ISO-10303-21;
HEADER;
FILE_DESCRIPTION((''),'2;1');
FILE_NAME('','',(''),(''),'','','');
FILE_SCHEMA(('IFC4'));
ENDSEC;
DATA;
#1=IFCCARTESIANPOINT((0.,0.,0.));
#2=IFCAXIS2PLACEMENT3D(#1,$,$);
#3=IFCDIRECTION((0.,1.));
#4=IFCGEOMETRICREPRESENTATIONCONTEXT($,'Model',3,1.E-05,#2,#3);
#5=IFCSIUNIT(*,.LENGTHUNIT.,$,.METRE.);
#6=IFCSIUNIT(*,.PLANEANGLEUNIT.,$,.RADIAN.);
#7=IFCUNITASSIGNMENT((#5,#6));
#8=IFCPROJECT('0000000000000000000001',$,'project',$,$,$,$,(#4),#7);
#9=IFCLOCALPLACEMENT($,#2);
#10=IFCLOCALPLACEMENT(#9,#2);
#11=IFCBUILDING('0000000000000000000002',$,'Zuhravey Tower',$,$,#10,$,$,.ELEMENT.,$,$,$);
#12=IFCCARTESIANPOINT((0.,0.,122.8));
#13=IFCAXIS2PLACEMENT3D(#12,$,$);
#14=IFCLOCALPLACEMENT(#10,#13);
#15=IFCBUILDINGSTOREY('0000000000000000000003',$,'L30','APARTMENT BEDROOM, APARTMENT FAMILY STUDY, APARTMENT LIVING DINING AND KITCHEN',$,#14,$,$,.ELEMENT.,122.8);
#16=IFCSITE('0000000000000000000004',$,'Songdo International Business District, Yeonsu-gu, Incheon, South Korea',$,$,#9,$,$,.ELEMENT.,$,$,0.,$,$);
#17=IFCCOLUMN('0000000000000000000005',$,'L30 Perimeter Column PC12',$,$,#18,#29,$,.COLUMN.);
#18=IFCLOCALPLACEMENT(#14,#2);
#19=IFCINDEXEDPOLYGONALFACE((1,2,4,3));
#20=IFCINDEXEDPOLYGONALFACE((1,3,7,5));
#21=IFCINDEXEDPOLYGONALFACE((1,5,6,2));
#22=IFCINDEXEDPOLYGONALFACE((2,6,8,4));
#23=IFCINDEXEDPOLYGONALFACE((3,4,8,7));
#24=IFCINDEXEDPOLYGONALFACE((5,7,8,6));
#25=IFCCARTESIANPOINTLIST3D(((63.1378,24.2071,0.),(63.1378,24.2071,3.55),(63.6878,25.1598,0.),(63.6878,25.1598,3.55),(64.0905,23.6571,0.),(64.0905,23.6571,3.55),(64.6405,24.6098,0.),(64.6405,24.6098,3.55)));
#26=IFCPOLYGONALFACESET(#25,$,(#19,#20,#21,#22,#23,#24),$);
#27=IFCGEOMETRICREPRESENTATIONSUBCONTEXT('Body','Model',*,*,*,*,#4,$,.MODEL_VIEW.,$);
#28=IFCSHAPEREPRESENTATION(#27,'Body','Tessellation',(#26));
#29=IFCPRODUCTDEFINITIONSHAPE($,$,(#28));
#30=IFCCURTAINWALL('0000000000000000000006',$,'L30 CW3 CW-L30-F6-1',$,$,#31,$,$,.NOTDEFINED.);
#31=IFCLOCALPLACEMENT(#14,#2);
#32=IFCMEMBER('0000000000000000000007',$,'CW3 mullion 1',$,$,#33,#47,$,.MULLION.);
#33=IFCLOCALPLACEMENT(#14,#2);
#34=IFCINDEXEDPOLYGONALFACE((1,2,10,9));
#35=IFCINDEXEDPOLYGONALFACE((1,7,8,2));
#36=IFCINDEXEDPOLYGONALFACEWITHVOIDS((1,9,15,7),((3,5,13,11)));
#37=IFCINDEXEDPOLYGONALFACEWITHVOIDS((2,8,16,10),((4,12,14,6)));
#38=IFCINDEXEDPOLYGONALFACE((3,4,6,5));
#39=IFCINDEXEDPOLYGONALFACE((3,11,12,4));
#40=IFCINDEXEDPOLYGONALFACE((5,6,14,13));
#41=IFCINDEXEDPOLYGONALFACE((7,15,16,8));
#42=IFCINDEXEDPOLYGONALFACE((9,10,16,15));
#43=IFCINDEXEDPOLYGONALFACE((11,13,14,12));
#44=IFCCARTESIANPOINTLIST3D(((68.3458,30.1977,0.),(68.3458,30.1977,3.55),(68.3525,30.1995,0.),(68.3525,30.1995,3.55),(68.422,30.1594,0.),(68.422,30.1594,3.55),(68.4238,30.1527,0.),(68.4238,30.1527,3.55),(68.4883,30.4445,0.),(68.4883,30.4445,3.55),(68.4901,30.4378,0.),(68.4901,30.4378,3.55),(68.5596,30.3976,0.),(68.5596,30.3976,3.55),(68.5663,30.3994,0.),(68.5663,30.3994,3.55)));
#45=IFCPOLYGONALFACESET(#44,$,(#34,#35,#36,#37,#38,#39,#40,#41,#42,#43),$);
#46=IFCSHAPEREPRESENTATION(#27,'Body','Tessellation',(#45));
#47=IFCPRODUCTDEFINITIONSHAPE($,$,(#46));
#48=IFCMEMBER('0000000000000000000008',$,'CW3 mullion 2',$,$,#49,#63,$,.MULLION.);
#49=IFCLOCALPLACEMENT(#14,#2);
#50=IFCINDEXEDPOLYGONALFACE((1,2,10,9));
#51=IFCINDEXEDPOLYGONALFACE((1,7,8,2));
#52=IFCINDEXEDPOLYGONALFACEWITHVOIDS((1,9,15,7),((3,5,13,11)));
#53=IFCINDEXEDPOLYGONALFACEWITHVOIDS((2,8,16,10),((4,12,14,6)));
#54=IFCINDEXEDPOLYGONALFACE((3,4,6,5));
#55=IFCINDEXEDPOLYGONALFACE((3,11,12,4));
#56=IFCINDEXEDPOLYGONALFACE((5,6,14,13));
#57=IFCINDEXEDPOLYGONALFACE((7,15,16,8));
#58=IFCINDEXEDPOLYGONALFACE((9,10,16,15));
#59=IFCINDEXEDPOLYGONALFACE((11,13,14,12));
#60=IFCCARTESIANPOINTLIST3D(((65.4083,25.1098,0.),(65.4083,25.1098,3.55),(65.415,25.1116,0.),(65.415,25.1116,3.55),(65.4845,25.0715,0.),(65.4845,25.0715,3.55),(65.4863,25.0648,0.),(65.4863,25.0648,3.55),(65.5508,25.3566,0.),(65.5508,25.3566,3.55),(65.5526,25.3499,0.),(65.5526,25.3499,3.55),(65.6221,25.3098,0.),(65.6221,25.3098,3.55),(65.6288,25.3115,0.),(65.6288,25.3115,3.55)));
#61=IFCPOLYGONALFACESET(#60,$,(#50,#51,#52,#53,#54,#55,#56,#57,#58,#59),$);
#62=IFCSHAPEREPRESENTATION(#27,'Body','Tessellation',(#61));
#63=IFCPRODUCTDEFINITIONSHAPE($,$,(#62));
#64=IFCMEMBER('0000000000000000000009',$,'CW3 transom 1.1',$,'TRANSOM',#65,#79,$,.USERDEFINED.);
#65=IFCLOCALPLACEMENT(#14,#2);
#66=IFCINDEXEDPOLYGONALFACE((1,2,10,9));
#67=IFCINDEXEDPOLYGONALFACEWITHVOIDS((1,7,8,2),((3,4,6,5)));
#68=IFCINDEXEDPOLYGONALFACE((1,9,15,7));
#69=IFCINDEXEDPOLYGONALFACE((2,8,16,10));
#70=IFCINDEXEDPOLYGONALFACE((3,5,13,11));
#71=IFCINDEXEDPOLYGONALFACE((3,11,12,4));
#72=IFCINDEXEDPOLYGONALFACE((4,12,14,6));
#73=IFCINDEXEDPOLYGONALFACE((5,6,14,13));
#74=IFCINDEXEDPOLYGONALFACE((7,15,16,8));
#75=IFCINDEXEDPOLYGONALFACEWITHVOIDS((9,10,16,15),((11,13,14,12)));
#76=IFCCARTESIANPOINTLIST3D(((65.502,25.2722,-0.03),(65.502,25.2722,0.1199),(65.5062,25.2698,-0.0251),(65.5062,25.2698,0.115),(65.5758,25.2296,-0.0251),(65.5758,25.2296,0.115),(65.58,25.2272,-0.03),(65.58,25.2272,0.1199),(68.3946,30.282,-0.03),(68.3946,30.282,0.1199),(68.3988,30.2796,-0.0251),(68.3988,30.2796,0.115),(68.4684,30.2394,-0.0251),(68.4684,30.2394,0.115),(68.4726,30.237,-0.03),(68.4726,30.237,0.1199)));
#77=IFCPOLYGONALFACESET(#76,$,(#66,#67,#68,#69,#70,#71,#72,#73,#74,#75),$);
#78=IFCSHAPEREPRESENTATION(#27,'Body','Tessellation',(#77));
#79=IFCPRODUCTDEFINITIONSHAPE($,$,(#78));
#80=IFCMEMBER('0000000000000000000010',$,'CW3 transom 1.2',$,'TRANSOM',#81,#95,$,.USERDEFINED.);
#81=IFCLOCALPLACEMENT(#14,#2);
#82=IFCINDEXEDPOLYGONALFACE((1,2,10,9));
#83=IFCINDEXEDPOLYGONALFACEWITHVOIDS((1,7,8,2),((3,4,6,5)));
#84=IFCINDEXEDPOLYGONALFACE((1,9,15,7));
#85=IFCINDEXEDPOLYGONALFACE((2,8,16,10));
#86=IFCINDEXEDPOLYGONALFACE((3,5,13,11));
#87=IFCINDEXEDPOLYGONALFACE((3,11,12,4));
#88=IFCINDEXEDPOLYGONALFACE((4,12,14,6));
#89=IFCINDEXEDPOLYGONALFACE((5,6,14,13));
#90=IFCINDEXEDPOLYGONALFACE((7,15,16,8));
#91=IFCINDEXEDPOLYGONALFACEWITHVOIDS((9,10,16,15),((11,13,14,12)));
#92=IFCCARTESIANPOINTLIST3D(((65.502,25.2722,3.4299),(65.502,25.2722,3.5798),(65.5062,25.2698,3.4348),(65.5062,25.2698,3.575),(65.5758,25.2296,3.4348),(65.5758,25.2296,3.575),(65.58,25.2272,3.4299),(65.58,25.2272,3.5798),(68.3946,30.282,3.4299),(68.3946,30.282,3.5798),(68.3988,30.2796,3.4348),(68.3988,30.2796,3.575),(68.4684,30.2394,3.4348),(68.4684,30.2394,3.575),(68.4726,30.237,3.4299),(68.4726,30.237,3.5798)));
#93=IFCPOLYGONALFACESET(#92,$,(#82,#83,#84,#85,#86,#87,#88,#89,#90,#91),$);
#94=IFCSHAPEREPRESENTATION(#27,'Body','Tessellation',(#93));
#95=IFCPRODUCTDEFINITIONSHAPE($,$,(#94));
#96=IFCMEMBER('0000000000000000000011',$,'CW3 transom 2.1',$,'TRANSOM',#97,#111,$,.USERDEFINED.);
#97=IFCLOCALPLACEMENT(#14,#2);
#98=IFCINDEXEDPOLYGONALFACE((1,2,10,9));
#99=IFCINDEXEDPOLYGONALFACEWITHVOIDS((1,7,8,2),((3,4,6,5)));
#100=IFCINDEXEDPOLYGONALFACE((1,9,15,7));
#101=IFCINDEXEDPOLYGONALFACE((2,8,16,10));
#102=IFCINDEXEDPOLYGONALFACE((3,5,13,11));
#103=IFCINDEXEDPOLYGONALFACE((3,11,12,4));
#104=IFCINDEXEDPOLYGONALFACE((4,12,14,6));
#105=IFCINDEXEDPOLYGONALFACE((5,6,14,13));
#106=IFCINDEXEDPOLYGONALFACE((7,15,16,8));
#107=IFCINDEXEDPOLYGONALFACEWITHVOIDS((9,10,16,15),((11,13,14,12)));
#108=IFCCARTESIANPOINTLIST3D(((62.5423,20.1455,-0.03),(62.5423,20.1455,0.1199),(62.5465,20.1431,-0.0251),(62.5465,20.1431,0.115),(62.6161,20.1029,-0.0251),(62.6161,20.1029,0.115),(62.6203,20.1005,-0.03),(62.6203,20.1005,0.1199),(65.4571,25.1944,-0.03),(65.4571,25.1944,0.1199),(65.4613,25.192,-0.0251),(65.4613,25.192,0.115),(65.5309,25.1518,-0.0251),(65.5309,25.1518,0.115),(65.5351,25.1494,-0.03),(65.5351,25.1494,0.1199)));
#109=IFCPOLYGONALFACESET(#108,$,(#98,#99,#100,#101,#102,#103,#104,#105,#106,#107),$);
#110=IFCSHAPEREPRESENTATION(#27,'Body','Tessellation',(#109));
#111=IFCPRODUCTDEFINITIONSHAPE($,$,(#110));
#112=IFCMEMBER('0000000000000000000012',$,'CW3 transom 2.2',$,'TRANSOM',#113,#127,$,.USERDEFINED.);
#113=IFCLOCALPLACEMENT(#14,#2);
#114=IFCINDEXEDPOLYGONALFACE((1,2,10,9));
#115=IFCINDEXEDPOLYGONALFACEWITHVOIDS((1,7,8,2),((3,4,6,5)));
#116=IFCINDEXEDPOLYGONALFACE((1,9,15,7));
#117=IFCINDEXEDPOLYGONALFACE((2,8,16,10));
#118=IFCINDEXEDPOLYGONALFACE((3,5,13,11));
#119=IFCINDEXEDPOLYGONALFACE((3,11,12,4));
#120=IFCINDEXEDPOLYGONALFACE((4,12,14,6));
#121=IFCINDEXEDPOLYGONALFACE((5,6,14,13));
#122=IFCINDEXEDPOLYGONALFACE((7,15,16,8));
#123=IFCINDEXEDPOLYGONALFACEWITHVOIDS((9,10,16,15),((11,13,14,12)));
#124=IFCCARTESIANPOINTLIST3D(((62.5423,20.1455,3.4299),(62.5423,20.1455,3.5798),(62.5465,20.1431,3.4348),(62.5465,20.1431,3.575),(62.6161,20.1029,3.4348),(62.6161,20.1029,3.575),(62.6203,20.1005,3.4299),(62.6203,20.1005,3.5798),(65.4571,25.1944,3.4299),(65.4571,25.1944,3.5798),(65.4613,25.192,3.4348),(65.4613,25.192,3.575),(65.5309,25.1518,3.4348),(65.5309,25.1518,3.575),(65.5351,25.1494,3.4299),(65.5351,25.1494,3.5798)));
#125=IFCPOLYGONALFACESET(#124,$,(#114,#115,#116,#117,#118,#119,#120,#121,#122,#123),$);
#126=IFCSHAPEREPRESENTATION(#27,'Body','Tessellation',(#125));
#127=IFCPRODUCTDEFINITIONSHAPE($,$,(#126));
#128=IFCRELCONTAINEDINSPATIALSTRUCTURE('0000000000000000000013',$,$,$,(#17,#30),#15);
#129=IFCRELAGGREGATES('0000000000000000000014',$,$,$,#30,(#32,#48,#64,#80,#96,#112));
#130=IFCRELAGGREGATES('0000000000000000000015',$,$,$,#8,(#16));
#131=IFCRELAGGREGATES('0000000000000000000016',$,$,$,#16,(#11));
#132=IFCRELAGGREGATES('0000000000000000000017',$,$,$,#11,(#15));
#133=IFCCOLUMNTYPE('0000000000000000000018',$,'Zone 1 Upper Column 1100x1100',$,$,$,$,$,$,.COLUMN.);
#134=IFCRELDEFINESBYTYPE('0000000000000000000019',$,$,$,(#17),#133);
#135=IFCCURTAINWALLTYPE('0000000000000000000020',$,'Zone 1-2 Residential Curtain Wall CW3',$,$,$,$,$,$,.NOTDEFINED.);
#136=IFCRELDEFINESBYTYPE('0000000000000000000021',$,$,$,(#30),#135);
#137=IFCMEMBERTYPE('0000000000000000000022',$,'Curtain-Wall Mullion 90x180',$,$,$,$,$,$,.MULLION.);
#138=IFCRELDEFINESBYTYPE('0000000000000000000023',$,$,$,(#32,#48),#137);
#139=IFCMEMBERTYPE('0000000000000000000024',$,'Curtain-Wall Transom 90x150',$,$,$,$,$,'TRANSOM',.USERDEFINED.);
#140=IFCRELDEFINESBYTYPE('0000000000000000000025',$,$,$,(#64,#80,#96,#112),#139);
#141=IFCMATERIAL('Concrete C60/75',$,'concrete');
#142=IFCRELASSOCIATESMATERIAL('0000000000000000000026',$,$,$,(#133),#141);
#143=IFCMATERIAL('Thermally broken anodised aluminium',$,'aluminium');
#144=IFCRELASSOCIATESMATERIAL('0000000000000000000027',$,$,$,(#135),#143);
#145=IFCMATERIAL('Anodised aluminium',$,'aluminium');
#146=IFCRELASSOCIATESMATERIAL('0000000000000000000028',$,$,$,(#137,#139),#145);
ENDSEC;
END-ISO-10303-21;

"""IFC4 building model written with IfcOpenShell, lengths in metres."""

from ifc_helpers import new_model, si_unit, direction, frame, origin, origin_2d, place, context, subcontext, project, spatial, rectangle, hollow_rectangle, extrude, material, material_profile, profile_set, type_object, element, aggregate, save


model = new_model("IFC4")

# Units and contexts
model_context = context("Model", 3, precision=1e-05, world=origin(), true_north=direction((0.0, 1.0)))
body_context = subcontext(model_context, "Body", "Model", "MODEL_VIEW")
ifc_project = project(units=[si_unit("LENGTHUNIT", "METRE"), si_unit("PLANEANGLEUNIT", "RADIAN")], contexts=[model_context])

# Site, building, storey
site_placement = place(None, origin())
site = spatial("IfcSite", under=ifc_project, at=site_placement, Name="Songdo International Business District, Yeonsu-gu, Incheon, South Korea", CompositionType="ELEMENT", RefElevation=0.0)
building_placement = place(site_placement, origin())
building = spatial("IfcBuilding", under=site, at=building_placement, Name="Zuhravey Tower", CompositionType="ELEMENT")
storey_placement = place(building_placement, frame((0.0, 0.0, 122.8)))
storey = spatial("IfcBuildingStorey", under=building, at=storey_placement, Name="L30", Description="APARTMENT BEDROOM, APARTMENT FAMILY STUDY, APARTMENT LIVING DINING AND KITCHEN", CompositionType="ELEMENT", Elevation=122.8)

# Column
ifc_material_1 = material(Name="Concrete C60/75", Category="concrete")
ifc_material_profile_1 = material_profile(ifc_material_1, rectangle(XDim=1.1001, YDim=1.1001, at=origin_2d()), Name="RC-1100x1100")
ifc_profile_set_1 = profile_set([ifc_material_profile_1], Name="Concrete C60/75")
column_type = type_object("IfcColumnType", Name="Zone 1 Upper Column 1100x1100", PredefinedType="COLUMN", material=ifc_profile_set_1)
column_placement = place(storey_placement, frame((63.8892, 24.4084, 0.0), z_axis=(0.0, 0.0, 1.0), x_axis=(0.5, 0.866025, 0.0)))
element("IfcColumn", 1, at=column_placement, inside=storey, type_object=column_type, Name="L30 Perimeter Column PC12", PredefinedType="COLUMN", context=body_context, shape_type="SweptSolid", body=[
    extrude(rectangle(XDim=1.1001, YDim=1.1001, at=origin_2d()), origin(), (0.0, 0.0, 1.0), 3.55),
])

# Curtain wall, members
ifc_material_2 = material(Name="Thermally broken anodised aluminium", Category="aluminium")
curtain_wall_type = type_object("IfcCurtainWallType", Name="Zone 1-2 Residential Curtain Wall CW3", PredefinedType="NOTDEFINED", material=ifc_material_2)
curtain_wall_placement = place(storey_placement, origin())
curtain_wall = element("IfcCurtainWall", 2, at=curtain_wall_placement, inside=storey, type_object=curtain_wall_type, Name="L30 CW3 CW-L30-F6-1", PredefinedType="NOTDEFINED")
ifc_material_3 = material(Name="Anodised aluminium", Category="aluminium")
ifc_material_profile_2 = material_profile(ifc_material_3, hollow_rectangle(XDim=0.0901, YDim=0.2849, WallThickness=0.0049, at=origin_2d()), Name="ALU-RHS-90x285x5")
ifc_profile_set_2 = profile_set([ifc_material_profile_2], Name="Anodised aluminium")
member_type_1 = type_object("IfcMemberType", Name="Curtain-Wall Mullion 90x180", PredefinedType="MULLION", material=ifc_profile_set_2)
member_1_placement = place(storey_placement, frame((68.4561, 30.2986, 0.0), z_axis=(0.0, 0.0, 1.0), x_axis=(0.866026, -0.5, 0.0)))
member_1 = element("IfcMember", 3, at=member_1_placement, type_object=member_type_1, Name="CW3 mullion 1", PredefinedType="MULLION", context=body_context, shape_type="SweptSolid", body=[
    extrude(hollow_rectangle(XDim=0.0901, YDim=0.2849, WallThickness=0.0049, at=origin_2d()), origin(), (0.0, 0.0, 1.0), 3.55),
])
member_2_placement = place(storey_placement, frame((65.5186, 25.2107, 0.0), z_axis=(0.0, 0.0, 1.0), x_axis=(0.866026, -0.5, 0.0)))
member_2 = element("IfcMember", 4, at=member_2_placement, type_object=member_type_1, Name="CW3 mullion 2", PredefinedType="MULLION", context=body_context, shape_type="SweptSolid", body=[
    extrude(hollow_rectangle(XDim=0.0901, YDim=0.2849, WallThickness=0.0049, at=origin_2d()), origin(), (0.0, 0.0, 1.0), 3.55),
])
ifc_material_profile_3 = material_profile(ifc_material_3, hollow_rectangle(XDim=0.0901, YDim=0.1499, WallThickness=0.0049, at=origin_2d()), Name="ALU-RHS-90x150x5")
ifc_profile_set_3 = profile_set([ifc_material_profile_3], Name="Anodised aluminium")
member_type_2 = type_object("IfcMemberType", Name="Curtain-Wall Transom 90x150", ElementType="TRANSOM", PredefinedType="USERDEFINED", material=ifc_profile_set_3)
member_3_placement = place(storey_placement, frame((68.4336, 30.2595, 0.0449), z_axis=(-0.500024, -0.866011, 0.0), x_axis=(0.866011, -0.500024, 0.0)))
member_3 = element("IfcMember", 5, at=member_3_placement, type_object=member_type_2, Name="CW3 transom 1.1", ObjectType="TRANSOM", PredefinedType="USERDEFINED", context=body_context, shape_type="SweptSolid", body=[
    extrude(hollow_rectangle(XDim=0.0901, YDim=0.1499, WallThickness=0.0049, at=origin_2d()), origin(), (0.0, 0.0, 1.0), 5.7849),
])
member_4_placement = place(storey_placement, frame((68.4336, 30.2595, 3.5049), z_axis=(-0.500024, -0.866011, 0.0), x_axis=(0.866011, -0.500024, 0.0)))
member_4 = element("IfcMember", 6, at=member_4_placement, type_object=member_type_2, Name="CW3 transom 1.2", ObjectType="TRANSOM", PredefinedType="USERDEFINED", context=body_context, shape_type="SweptSolid", body=[
    extrude(hollow_rectangle(XDim=0.0901, YDim=0.1499, WallThickness=0.0049, at=origin_2d()), origin(), (0.0, 0.0, 1.0), 5.7849),
])
member_5_placement = place(storey_placement, frame((65.4961, 25.1719, 0.0449), z_axis=(-0.499981, -0.866036, 0.0), x_axis=(0.866036, -0.499981, 0.0)))
member_5 = element("IfcMember", 7, at=member_5_placement, type_object=member_type_2, Name="CW3 transom 2.1", ObjectType="TRANSOM", PredefinedType="USERDEFINED", context=body_context, shape_type="SweptSolid", body=[
    extrude(hollow_rectangle(XDim=0.0901, YDim=0.1499, WallThickness=0.0049, at=origin_2d()), origin(), (0.0, 0.0, 1.0), 5.8298),
])
member_6_placement = place(storey_placement, frame((65.4961, 25.1719, 3.5049), z_axis=(-0.499981, -0.866036, 0.0), x_axis=(0.866036, -0.499981, 0.0)))
member_6 = element("IfcMember", 8, at=member_6_placement, type_object=member_type_2, Name="CW3 transom 2.2", ObjectType="TRANSOM", PredefinedType="USERDEFINED", context=body_context, shape_type="SweptSolid", body=[
    extrude(hollow_rectangle(XDim=0.0901, YDim=0.1499, WallThickness=0.0049, at=origin_2d()), origin(), (0.0, 0.0, 1.0), 5.8298),
])

aggregate(curtain_wall, [member_1, member_2, member_3, member_4, member_5, member_6])

save(model, "model.ifc")
